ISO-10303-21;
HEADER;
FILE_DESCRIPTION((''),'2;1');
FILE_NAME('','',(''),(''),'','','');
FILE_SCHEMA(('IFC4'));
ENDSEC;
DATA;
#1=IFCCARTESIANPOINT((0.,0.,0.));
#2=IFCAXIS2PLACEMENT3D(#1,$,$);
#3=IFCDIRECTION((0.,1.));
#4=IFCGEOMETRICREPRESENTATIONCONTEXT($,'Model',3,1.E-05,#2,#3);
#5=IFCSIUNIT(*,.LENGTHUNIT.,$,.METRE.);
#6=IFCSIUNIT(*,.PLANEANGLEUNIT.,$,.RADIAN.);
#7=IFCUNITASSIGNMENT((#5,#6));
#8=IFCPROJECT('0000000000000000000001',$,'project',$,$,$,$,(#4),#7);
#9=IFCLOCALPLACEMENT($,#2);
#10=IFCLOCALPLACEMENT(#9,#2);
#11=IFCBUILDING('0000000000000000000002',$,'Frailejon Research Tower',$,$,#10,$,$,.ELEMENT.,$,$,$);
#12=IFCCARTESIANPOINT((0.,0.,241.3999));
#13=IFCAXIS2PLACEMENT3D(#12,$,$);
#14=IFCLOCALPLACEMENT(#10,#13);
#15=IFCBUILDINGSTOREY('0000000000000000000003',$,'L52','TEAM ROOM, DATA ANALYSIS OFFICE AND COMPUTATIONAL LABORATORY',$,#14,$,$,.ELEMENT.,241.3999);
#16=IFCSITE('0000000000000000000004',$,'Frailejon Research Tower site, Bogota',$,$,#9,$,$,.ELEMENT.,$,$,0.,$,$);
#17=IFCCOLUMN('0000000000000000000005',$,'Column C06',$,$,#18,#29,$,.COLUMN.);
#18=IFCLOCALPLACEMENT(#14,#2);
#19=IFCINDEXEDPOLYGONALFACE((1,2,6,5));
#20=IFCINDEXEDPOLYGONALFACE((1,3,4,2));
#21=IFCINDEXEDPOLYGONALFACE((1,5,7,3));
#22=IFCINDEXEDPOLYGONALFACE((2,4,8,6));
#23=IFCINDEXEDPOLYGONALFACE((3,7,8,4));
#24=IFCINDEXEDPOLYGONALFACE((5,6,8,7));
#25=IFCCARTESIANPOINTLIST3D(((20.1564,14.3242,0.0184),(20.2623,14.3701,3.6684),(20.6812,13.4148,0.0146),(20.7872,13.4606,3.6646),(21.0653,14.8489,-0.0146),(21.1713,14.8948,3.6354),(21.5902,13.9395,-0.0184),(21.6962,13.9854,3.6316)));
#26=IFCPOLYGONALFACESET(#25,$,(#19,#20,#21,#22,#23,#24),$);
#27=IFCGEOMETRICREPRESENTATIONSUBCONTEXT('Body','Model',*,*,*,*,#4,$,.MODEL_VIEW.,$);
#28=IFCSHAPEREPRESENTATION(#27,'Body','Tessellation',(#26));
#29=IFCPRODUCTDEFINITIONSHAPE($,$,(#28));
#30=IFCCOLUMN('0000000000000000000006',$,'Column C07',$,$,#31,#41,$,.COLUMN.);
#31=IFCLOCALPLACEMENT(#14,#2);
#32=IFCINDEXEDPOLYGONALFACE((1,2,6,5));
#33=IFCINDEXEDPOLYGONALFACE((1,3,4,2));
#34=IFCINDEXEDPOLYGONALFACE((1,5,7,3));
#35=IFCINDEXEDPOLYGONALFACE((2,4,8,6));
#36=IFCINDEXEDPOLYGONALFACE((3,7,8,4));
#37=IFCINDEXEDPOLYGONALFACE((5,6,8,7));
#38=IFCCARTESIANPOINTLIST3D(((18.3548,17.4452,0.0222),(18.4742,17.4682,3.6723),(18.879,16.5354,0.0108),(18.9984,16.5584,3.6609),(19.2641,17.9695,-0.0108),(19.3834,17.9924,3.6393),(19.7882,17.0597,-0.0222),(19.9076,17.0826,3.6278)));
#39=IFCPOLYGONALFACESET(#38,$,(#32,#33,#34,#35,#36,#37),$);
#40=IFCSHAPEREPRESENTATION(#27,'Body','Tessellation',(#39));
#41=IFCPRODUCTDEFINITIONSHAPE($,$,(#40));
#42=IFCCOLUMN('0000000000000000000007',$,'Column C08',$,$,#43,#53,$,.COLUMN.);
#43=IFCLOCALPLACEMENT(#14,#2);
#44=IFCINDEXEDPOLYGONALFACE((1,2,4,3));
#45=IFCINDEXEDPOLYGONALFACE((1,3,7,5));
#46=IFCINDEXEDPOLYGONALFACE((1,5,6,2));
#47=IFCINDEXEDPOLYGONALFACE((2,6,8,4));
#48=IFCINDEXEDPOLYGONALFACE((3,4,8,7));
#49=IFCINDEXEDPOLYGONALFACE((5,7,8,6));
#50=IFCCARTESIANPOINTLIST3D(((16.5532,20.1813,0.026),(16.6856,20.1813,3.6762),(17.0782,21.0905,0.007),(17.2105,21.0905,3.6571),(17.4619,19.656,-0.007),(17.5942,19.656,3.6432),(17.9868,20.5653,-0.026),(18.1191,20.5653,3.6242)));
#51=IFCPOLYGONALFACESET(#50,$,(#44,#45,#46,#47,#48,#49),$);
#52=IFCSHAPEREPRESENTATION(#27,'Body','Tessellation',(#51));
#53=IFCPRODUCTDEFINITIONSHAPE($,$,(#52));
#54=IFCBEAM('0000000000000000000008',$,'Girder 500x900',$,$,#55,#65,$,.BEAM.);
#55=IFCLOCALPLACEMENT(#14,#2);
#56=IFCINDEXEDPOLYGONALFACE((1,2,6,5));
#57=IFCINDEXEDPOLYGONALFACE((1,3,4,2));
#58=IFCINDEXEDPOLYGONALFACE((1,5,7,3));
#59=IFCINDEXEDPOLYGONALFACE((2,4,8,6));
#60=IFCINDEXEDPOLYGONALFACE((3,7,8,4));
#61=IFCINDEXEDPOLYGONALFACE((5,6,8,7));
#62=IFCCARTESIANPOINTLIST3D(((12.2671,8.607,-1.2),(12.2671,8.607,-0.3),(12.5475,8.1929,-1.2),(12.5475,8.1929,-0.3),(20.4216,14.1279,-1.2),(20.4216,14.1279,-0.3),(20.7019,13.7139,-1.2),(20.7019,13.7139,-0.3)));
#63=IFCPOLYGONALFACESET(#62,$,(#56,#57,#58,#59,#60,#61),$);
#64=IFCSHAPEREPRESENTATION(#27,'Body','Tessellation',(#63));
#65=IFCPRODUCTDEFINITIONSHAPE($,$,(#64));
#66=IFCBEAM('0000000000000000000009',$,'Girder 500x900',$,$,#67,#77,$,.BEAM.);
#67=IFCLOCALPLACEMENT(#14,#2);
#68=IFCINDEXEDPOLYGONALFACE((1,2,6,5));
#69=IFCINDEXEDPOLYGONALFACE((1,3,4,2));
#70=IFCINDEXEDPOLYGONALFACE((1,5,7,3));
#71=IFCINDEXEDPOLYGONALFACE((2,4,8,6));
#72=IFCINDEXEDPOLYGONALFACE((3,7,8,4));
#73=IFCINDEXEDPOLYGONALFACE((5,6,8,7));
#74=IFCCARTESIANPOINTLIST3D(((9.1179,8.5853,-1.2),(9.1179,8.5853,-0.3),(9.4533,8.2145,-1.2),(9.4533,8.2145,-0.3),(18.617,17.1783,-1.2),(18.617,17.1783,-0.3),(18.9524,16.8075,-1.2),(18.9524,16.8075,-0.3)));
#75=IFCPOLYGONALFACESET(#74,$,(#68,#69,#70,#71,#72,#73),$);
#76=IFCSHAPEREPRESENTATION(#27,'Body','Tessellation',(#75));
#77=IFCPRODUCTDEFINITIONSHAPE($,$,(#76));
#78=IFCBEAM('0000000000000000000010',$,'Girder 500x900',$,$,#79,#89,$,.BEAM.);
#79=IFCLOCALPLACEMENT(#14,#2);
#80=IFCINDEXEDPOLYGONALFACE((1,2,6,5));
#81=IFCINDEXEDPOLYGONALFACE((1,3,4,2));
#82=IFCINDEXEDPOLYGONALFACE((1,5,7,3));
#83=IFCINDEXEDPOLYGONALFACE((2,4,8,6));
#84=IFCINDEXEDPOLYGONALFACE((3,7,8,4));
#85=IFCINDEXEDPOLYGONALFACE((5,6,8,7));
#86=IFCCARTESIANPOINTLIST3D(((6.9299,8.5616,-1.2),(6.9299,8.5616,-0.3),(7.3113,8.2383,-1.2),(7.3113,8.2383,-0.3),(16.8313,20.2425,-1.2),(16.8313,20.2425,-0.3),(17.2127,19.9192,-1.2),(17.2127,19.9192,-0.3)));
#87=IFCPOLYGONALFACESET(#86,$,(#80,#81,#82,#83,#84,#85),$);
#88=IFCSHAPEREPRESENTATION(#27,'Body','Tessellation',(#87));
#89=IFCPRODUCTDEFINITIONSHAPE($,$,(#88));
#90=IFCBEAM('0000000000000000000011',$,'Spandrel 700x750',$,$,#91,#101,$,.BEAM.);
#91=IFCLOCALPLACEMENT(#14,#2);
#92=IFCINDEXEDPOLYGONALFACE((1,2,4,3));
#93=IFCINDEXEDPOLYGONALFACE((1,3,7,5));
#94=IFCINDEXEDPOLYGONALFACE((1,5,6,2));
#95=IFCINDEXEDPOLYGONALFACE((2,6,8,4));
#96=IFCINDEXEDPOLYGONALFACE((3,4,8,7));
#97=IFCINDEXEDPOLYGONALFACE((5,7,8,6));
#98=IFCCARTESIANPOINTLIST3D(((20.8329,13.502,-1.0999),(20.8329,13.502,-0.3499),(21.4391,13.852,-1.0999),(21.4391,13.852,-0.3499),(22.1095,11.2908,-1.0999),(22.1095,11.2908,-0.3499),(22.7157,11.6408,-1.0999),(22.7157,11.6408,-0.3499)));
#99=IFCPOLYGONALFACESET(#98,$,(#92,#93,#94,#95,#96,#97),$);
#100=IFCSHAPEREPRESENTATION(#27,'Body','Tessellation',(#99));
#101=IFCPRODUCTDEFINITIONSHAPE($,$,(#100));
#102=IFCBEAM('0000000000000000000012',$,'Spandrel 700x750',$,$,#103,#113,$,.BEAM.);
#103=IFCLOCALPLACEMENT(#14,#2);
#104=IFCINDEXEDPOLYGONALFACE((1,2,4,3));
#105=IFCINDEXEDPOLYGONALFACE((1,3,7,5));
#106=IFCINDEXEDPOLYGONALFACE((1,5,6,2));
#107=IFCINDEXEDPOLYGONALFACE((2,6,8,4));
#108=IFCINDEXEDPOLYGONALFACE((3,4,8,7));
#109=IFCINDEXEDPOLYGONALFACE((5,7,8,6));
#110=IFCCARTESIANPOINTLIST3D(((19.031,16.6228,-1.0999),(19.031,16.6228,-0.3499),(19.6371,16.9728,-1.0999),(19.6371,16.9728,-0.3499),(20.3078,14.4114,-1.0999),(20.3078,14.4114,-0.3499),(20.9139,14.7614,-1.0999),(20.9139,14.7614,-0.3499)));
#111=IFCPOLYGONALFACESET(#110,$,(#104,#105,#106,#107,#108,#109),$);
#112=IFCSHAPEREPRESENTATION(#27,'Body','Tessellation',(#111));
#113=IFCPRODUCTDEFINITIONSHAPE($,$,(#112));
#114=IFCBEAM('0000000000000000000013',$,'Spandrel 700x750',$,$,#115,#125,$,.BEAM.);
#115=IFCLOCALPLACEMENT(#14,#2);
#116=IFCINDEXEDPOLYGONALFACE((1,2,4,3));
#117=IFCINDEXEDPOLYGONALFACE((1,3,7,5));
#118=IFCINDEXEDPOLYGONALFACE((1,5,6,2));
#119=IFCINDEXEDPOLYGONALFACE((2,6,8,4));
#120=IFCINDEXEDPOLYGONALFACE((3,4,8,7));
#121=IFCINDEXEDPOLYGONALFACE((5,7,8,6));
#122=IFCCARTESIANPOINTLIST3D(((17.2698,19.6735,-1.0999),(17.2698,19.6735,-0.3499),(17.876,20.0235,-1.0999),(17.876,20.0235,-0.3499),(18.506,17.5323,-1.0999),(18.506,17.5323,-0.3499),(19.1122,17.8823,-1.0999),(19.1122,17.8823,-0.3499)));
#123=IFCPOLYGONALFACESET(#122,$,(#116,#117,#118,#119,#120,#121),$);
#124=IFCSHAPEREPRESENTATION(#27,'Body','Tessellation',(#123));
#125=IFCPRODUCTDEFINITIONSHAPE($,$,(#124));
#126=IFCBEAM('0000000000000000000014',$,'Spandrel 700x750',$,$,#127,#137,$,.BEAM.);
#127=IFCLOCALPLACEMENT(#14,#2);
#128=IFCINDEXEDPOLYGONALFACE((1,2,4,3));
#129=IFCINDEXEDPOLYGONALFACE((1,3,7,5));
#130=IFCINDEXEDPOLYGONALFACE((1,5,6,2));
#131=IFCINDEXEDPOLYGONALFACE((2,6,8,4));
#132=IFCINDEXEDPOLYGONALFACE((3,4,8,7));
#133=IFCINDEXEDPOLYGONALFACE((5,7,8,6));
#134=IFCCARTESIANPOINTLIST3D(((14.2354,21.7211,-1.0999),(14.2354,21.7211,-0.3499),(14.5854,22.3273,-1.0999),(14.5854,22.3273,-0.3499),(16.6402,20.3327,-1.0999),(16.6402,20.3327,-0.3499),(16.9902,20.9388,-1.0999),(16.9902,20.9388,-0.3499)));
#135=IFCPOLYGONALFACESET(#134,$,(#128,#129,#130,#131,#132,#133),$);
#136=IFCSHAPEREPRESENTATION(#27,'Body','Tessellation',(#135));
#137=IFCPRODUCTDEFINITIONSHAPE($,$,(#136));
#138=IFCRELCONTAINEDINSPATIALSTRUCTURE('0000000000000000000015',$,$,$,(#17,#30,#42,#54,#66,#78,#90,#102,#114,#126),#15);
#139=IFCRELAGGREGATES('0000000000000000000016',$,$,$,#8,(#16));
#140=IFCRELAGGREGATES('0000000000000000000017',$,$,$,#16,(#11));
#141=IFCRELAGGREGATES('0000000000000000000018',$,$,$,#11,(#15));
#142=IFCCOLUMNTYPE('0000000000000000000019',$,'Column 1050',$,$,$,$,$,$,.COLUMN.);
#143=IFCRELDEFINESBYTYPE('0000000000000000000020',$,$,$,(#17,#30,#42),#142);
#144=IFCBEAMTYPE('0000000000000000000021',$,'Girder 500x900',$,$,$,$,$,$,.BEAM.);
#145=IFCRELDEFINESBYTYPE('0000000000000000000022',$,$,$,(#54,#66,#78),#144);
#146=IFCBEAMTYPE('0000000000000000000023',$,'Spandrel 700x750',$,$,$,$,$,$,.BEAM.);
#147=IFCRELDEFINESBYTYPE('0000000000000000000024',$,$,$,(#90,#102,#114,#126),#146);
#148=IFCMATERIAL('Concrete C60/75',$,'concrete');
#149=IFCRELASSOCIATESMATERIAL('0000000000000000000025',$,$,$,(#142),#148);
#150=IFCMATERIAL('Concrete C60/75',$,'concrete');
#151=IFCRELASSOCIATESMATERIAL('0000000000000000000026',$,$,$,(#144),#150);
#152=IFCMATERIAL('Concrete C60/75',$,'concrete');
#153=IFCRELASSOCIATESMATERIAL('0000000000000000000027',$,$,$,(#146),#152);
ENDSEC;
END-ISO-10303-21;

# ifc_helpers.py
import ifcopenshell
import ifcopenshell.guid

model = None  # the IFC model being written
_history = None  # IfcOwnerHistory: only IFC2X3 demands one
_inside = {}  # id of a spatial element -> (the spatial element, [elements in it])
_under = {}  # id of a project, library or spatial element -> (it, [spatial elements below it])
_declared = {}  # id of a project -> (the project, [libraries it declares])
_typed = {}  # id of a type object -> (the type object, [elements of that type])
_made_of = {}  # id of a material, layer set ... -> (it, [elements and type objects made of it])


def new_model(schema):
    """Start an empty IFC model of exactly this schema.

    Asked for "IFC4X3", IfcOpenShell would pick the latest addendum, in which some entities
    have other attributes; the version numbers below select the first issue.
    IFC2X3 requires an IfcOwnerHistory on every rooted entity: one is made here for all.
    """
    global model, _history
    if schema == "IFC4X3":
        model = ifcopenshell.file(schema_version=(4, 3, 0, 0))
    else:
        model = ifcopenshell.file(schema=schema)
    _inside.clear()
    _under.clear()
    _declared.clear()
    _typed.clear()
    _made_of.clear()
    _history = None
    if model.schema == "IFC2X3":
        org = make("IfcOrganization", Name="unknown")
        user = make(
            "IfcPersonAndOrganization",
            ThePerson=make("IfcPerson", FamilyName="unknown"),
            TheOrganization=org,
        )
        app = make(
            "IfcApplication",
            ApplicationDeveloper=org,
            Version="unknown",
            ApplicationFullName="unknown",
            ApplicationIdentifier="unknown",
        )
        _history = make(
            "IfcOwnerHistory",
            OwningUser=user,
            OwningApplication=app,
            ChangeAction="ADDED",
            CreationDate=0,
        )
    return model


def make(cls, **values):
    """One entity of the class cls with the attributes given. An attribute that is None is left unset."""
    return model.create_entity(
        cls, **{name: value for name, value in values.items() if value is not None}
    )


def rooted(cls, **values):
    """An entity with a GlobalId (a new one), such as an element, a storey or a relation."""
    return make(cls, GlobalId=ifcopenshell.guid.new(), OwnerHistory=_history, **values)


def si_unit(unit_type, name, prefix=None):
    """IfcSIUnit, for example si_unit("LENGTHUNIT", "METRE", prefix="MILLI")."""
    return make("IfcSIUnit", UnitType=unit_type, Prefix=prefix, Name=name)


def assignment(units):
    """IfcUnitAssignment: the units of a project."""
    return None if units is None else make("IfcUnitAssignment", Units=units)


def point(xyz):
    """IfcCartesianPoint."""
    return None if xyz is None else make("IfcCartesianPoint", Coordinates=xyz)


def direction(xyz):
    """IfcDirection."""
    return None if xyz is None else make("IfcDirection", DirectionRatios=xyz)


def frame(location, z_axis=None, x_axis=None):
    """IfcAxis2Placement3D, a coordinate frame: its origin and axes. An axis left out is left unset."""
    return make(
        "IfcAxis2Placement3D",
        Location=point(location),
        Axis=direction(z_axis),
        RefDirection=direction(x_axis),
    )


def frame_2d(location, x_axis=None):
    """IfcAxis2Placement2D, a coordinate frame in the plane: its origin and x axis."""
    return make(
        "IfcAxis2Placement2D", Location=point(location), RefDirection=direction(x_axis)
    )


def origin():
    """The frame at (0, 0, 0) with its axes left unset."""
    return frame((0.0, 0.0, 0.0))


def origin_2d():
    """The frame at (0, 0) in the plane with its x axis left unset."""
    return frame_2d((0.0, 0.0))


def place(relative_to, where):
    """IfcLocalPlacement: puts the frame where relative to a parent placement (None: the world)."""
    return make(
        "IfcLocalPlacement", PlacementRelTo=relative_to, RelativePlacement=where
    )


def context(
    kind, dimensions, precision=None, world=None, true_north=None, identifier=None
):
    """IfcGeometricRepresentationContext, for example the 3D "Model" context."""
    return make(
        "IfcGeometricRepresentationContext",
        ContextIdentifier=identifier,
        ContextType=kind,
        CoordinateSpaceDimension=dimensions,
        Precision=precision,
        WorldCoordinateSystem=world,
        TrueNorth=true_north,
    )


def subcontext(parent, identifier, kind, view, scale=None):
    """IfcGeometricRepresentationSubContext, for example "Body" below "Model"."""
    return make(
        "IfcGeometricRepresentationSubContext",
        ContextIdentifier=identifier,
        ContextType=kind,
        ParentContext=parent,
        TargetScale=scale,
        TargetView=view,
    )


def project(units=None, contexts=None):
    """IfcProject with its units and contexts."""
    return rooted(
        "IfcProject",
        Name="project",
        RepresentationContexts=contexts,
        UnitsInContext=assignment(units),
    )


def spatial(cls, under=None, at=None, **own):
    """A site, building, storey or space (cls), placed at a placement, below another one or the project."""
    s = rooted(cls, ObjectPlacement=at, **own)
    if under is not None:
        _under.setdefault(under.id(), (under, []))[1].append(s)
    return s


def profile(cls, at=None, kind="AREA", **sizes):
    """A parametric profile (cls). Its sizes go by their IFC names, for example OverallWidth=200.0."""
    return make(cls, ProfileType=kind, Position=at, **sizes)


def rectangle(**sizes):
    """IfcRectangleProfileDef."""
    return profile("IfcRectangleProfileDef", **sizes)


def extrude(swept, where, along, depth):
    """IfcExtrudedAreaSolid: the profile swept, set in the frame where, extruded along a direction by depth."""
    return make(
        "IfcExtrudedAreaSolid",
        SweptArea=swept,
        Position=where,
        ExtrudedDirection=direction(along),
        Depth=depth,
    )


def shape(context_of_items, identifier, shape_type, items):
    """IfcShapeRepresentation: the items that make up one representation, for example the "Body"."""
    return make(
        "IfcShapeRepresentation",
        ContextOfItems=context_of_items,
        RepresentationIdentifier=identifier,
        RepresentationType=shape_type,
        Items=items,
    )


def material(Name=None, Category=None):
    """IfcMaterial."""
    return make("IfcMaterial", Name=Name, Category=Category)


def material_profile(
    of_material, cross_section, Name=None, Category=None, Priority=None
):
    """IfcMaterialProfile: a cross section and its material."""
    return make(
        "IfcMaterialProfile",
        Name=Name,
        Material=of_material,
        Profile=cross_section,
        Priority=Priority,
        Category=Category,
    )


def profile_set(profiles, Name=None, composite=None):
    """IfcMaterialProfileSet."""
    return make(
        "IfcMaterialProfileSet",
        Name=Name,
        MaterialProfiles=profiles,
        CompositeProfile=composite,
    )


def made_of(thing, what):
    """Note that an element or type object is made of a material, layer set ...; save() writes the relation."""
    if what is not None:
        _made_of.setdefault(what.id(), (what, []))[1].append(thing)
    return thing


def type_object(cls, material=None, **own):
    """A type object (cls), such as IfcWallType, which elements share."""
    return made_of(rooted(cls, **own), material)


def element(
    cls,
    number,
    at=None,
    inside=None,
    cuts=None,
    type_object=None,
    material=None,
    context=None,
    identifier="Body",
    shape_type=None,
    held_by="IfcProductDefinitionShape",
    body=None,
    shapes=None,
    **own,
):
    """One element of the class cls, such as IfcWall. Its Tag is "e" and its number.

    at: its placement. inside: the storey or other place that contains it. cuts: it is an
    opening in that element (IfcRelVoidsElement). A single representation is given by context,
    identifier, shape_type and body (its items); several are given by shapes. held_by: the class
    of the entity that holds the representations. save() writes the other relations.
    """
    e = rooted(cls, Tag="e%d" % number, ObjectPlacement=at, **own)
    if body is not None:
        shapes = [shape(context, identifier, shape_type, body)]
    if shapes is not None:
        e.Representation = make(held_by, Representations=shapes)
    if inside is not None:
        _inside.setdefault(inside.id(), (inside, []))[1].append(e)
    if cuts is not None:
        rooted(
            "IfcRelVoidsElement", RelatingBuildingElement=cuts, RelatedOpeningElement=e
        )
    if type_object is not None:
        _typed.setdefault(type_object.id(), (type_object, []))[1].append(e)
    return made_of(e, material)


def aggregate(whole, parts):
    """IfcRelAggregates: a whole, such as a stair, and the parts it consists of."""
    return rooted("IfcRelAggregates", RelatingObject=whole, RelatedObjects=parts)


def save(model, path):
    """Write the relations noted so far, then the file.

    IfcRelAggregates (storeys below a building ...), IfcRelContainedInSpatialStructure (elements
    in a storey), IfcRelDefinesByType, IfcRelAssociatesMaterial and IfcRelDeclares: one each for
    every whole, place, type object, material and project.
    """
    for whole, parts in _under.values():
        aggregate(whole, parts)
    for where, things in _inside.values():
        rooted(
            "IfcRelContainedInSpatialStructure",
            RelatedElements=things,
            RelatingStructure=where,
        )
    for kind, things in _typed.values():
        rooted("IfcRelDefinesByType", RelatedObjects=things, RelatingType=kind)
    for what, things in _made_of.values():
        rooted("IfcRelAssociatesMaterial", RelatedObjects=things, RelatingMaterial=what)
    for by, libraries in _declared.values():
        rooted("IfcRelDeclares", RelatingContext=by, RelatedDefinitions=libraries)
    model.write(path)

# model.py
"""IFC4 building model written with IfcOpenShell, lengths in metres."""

from ifc_helpers import new_model, si_unit, direction, frame, origin, origin_2d, place, context, subcontext, project, spatial, rectangle, extrude, material, material_profile, profile_set, type_object, element, save


model = new_model("IFC4")

# Units and contexts
model_context = context("Model", 3, precision=1e-05, world=origin(), true_north=direction((0.0, 1.0)))
body_context = subcontext(model_context, "Body", "Model", "MODEL_VIEW")
ifc_project = project(units=[si_unit("LENGTHUNIT", "METRE"), si_unit("PLANEANGLEUNIT", "RADIAN")], contexts=[model_context])

# Site, building, storey
site_placement = place(None, origin())
site = spatial("IfcSite", under=ifc_project, at=site_placement, Name="Frailejon Research Tower site, Bogota", CompositionType="ELEMENT", RefElevation=0.0)
building_placement = place(site_placement, origin())
building = spatial("IfcBuilding", under=site, at=building_placement, Name="Frailejon Research Tower", CompositionType="ELEMENT")
storey_placement = place(building_placement, frame((0.0, 0.0, 241.3999)))
storey = spatial("IfcBuildingStorey", under=building, at=storey_placement, Name="L52", Description="TEAM ROOM, DATA ANALYSIS OFFICE AND COMPUTATIONAL LABORATORY", CompositionType="ELEMENT", Elevation=241.3999)

# Columns
ifc_material_1 = material(Name="Concrete C60/75", Category="concrete")
ifc_material_profile_1 = material_profile(ifc_material_1, rectangle(XDim=1.05, YDim=1.05, at=origin_2d()), Name="Column 1050")
ifc_profile_set_1 = profile_set([ifc_material_profile_1], Name="Concrete C60/75")
column_type = type_object("IfcColumnType", Name="Column 1050", PredefinedType="COLUMN", material=ifc_profile_set_1)
column_1_placement = place(storey_placement, frame((20.8733, 14.1318, 0.0), z_axis=(0.029014, 0.012568, 0.9995), x_axis=(-0.499849, 0.866105, 0.003619)))
element("IfcColumn", 1, at=column_1_placement, inside=storey, type_object=column_type, Name="Column C06", PredefinedType="COLUMN", context=body_context, shape_type="SweptSolid", body=[
    extrude(rectangle(XDim=1.05, YDim=1.05, at=origin_2d()), origin(), (0.0, 0.0, 1.0), 3.6519),
])
column_2_placement = place(storey_placement, frame((19.0715, 17.2524, 0.0), z_axis=(0.032689, 0.006284, 0.999446), x_axis=(-0.49919, 0.866424, 0.01088)))
element("IfcColumn", 2, at=column_2_placement, inside=storey, type_object=column_type, Name="Column C07", PredefinedType="COLUMN", context=body_context, shape_type="SweptSolid", body=[
    extrude(rectangle(XDim=1.05, YDim=1.05, at=origin_2d()), origin(), (0.0, 0.0, 1.0), 3.6521),
])
column_3_placement = place(storey_placement, frame((17.27, 20.3733, 0.0), z_axis=(0.036228, 0.0, 0.999344), x_axis=(-0.865315, 0.500246, 0.031369)))
element("IfcColumn", 3, at=column_3_placement, inside=storey, type_object=column_type, Name="Column C08", PredefinedType="COLUMN", context=body_context, shape_type="SweptSolid", body=[
    extrude(rectangle(XDim=1.05, YDim=1.05, at=origin_2d()), origin(), (0.0, 0.0, 1.0), 3.6526),
])

# Beams
ifc_material_2 = material(Name="Concrete C60/75", Category="concrete")
ifc_material_profile_2 = material_profile(ifc_material_2, rectangle(XDim=0.5, YDim=0.8999, at=origin_2d()), Name="Girder 500x900")
ifc_profile_set_2 = profile_set([ifc_material_profile_2], Name="Concrete C60/75")
beam_type_1 = type_object("IfcBeamType", Name="Girder 500x900", PredefinedType="BEAM", material=ifc_profile_set_2)
beam_1_placement = place(storey_placement, frame((20.5618, 13.9209, -0.75), z_axis=(-0.828062, -0.560636, 0.0), x_axis=(0.560636, -0.828062, 0.0)))
element("IfcBeam", 4, at=beam_1_placement, inside=storey, type_object=beam_type_1, Name="Girder 500x900", PredefinedType="BEAM", context=body_context, shape_type="SweptSolid", body=[
    extrude(rectangle(XDim=0.5, YDim=0.8999, at=origin_2d()), origin(), (0.0, 0.0, 1.0), 9.8477),
])
beam_2_placement = place(storey_placement, frame((18.7847, 16.9929, -0.75), z_axis=(-0.741588, -0.670856, 0.0), x_axis=(0.670856, -0.741588, 0.0)))
element("IfcBeam", 5, at=beam_2_placement, inside=storey, type_object=beam_type_1, Name="Girder 500x900", PredefinedType="BEAM", context=body_context, shape_type="SweptSolid", body=[
    extrude(rectangle(XDim=0.5, YDim=0.8999, at=origin_2d()), origin(), (0.0, 0.0, 1.0), 12.8091),
])
beam_3_placement = place(storey_placement, frame((17.022, 20.0808, -0.75), z_axis=(-0.646609, -0.762822, 0.0), x_axis=(0.762822, -0.646609, 0.0)))
element("IfcBeam", 6, at=beam_3_placement, inside=storey, type_object=beam_type_1, Name="Girder 500x900", PredefinedType="BEAM", context=body_context, shape_type="SweptSolid", body=[
    extrude(rectangle(XDim=0.5, YDim=0.8999, at=origin_2d()), origin(), (0.0, 0.0, 1.0), 15.3127),
])
ifc_material_3 = material(Name="Concrete C60/75", Category="concrete")
ifc_material_profile_3 = material_profile(ifc_material_3, rectangle(XDim=0.7, YDim=0.75, at=origin_2d()), Name="Spandrel 700x750")
ifc_profile_set_3 = profile_set([ifc_material_profile_3], Name="Concrete C60/75")
beam_type_2 = type_object("IfcBeamType", Name="Spandrel 700x750", PredefinedType="BEAM", material=ifc_profile_set_3)
beam_4_placement = place(storey_placement, frame((22.4126, 11.4658, -0.7249), z_axis=(-0.499996, 0.866028, 0.0), x_axis=(-0.866028, -0.499996, 0.0)))
element("IfcBeam", 7, at=beam_4_placement, inside=storey, type_object=beam_type_2, Name="Spandrel 700x750", PredefinedType="BEAM", context=body_context, shape_type="SweptSolid", body=[
    extrude(rectangle(XDim=0.7, YDim=0.75, at=origin_2d()), origin(), (0.0, 0.0, 1.0), 2.5532),
])
beam_5_placement = place(storey_placement, frame((20.6108, 14.5864, -0.7249), z_axis=(-0.500026, 0.86601, 0.0), x_axis=(-0.86601, -0.500026, 0.0)))
element("IfcBeam", 8, at=beam_5_placement, inside=storey, type_object=beam_type_2, Name="Spandrel 700x750", PredefinedType="BEAM", context=body_context, shape_type="SweptSolid", body=[
    extrude(rectangle(XDim=0.7, YDim=0.75, at=origin_2d()), origin(), (0.0, 0.0, 1.0), 2.5535),
])
beam_6_placement = place(storey_placement, frame((18.8091, 17.7073, -0.7249), z_axis=(-0.499973, 0.866041, 0.0), x_axis=(-0.866041, -0.499973, 0.0)))
element("IfcBeam", 9, at=beam_6_placement, inside=storey, type_object=beam_type_2, Name="Spandrel 700x750", PredefinedType="BEAM", context=body_context, shape_type="SweptSolid", body=[
    extrude(rectangle(XDim=0.7, YDim=0.75, at=origin_2d()), origin(), (0.0, 0.0, 1.0), 2.4724),
])
beam_7_placement = place(storey_placement, frame((16.8152, 20.6357, -0.7249), z_axis=(-0.866022, 0.500007, 0.0), x_axis=(-0.500007, -0.866022, 0.0)))
element("IfcBeam", 10, at=beam_7_placement, inside=storey, type_object=beam_type_2, Name="Spandrel 700x750", PredefinedType="BEAM", context=body_context, shape_type="SweptSolid", body=[
    extrude(rectangle(XDim=0.7, YDim=0.75, at=origin_2d()), origin(), (0.0, 0.0, 1.0), 2.7769),
])

save(model, "model.ifc")
